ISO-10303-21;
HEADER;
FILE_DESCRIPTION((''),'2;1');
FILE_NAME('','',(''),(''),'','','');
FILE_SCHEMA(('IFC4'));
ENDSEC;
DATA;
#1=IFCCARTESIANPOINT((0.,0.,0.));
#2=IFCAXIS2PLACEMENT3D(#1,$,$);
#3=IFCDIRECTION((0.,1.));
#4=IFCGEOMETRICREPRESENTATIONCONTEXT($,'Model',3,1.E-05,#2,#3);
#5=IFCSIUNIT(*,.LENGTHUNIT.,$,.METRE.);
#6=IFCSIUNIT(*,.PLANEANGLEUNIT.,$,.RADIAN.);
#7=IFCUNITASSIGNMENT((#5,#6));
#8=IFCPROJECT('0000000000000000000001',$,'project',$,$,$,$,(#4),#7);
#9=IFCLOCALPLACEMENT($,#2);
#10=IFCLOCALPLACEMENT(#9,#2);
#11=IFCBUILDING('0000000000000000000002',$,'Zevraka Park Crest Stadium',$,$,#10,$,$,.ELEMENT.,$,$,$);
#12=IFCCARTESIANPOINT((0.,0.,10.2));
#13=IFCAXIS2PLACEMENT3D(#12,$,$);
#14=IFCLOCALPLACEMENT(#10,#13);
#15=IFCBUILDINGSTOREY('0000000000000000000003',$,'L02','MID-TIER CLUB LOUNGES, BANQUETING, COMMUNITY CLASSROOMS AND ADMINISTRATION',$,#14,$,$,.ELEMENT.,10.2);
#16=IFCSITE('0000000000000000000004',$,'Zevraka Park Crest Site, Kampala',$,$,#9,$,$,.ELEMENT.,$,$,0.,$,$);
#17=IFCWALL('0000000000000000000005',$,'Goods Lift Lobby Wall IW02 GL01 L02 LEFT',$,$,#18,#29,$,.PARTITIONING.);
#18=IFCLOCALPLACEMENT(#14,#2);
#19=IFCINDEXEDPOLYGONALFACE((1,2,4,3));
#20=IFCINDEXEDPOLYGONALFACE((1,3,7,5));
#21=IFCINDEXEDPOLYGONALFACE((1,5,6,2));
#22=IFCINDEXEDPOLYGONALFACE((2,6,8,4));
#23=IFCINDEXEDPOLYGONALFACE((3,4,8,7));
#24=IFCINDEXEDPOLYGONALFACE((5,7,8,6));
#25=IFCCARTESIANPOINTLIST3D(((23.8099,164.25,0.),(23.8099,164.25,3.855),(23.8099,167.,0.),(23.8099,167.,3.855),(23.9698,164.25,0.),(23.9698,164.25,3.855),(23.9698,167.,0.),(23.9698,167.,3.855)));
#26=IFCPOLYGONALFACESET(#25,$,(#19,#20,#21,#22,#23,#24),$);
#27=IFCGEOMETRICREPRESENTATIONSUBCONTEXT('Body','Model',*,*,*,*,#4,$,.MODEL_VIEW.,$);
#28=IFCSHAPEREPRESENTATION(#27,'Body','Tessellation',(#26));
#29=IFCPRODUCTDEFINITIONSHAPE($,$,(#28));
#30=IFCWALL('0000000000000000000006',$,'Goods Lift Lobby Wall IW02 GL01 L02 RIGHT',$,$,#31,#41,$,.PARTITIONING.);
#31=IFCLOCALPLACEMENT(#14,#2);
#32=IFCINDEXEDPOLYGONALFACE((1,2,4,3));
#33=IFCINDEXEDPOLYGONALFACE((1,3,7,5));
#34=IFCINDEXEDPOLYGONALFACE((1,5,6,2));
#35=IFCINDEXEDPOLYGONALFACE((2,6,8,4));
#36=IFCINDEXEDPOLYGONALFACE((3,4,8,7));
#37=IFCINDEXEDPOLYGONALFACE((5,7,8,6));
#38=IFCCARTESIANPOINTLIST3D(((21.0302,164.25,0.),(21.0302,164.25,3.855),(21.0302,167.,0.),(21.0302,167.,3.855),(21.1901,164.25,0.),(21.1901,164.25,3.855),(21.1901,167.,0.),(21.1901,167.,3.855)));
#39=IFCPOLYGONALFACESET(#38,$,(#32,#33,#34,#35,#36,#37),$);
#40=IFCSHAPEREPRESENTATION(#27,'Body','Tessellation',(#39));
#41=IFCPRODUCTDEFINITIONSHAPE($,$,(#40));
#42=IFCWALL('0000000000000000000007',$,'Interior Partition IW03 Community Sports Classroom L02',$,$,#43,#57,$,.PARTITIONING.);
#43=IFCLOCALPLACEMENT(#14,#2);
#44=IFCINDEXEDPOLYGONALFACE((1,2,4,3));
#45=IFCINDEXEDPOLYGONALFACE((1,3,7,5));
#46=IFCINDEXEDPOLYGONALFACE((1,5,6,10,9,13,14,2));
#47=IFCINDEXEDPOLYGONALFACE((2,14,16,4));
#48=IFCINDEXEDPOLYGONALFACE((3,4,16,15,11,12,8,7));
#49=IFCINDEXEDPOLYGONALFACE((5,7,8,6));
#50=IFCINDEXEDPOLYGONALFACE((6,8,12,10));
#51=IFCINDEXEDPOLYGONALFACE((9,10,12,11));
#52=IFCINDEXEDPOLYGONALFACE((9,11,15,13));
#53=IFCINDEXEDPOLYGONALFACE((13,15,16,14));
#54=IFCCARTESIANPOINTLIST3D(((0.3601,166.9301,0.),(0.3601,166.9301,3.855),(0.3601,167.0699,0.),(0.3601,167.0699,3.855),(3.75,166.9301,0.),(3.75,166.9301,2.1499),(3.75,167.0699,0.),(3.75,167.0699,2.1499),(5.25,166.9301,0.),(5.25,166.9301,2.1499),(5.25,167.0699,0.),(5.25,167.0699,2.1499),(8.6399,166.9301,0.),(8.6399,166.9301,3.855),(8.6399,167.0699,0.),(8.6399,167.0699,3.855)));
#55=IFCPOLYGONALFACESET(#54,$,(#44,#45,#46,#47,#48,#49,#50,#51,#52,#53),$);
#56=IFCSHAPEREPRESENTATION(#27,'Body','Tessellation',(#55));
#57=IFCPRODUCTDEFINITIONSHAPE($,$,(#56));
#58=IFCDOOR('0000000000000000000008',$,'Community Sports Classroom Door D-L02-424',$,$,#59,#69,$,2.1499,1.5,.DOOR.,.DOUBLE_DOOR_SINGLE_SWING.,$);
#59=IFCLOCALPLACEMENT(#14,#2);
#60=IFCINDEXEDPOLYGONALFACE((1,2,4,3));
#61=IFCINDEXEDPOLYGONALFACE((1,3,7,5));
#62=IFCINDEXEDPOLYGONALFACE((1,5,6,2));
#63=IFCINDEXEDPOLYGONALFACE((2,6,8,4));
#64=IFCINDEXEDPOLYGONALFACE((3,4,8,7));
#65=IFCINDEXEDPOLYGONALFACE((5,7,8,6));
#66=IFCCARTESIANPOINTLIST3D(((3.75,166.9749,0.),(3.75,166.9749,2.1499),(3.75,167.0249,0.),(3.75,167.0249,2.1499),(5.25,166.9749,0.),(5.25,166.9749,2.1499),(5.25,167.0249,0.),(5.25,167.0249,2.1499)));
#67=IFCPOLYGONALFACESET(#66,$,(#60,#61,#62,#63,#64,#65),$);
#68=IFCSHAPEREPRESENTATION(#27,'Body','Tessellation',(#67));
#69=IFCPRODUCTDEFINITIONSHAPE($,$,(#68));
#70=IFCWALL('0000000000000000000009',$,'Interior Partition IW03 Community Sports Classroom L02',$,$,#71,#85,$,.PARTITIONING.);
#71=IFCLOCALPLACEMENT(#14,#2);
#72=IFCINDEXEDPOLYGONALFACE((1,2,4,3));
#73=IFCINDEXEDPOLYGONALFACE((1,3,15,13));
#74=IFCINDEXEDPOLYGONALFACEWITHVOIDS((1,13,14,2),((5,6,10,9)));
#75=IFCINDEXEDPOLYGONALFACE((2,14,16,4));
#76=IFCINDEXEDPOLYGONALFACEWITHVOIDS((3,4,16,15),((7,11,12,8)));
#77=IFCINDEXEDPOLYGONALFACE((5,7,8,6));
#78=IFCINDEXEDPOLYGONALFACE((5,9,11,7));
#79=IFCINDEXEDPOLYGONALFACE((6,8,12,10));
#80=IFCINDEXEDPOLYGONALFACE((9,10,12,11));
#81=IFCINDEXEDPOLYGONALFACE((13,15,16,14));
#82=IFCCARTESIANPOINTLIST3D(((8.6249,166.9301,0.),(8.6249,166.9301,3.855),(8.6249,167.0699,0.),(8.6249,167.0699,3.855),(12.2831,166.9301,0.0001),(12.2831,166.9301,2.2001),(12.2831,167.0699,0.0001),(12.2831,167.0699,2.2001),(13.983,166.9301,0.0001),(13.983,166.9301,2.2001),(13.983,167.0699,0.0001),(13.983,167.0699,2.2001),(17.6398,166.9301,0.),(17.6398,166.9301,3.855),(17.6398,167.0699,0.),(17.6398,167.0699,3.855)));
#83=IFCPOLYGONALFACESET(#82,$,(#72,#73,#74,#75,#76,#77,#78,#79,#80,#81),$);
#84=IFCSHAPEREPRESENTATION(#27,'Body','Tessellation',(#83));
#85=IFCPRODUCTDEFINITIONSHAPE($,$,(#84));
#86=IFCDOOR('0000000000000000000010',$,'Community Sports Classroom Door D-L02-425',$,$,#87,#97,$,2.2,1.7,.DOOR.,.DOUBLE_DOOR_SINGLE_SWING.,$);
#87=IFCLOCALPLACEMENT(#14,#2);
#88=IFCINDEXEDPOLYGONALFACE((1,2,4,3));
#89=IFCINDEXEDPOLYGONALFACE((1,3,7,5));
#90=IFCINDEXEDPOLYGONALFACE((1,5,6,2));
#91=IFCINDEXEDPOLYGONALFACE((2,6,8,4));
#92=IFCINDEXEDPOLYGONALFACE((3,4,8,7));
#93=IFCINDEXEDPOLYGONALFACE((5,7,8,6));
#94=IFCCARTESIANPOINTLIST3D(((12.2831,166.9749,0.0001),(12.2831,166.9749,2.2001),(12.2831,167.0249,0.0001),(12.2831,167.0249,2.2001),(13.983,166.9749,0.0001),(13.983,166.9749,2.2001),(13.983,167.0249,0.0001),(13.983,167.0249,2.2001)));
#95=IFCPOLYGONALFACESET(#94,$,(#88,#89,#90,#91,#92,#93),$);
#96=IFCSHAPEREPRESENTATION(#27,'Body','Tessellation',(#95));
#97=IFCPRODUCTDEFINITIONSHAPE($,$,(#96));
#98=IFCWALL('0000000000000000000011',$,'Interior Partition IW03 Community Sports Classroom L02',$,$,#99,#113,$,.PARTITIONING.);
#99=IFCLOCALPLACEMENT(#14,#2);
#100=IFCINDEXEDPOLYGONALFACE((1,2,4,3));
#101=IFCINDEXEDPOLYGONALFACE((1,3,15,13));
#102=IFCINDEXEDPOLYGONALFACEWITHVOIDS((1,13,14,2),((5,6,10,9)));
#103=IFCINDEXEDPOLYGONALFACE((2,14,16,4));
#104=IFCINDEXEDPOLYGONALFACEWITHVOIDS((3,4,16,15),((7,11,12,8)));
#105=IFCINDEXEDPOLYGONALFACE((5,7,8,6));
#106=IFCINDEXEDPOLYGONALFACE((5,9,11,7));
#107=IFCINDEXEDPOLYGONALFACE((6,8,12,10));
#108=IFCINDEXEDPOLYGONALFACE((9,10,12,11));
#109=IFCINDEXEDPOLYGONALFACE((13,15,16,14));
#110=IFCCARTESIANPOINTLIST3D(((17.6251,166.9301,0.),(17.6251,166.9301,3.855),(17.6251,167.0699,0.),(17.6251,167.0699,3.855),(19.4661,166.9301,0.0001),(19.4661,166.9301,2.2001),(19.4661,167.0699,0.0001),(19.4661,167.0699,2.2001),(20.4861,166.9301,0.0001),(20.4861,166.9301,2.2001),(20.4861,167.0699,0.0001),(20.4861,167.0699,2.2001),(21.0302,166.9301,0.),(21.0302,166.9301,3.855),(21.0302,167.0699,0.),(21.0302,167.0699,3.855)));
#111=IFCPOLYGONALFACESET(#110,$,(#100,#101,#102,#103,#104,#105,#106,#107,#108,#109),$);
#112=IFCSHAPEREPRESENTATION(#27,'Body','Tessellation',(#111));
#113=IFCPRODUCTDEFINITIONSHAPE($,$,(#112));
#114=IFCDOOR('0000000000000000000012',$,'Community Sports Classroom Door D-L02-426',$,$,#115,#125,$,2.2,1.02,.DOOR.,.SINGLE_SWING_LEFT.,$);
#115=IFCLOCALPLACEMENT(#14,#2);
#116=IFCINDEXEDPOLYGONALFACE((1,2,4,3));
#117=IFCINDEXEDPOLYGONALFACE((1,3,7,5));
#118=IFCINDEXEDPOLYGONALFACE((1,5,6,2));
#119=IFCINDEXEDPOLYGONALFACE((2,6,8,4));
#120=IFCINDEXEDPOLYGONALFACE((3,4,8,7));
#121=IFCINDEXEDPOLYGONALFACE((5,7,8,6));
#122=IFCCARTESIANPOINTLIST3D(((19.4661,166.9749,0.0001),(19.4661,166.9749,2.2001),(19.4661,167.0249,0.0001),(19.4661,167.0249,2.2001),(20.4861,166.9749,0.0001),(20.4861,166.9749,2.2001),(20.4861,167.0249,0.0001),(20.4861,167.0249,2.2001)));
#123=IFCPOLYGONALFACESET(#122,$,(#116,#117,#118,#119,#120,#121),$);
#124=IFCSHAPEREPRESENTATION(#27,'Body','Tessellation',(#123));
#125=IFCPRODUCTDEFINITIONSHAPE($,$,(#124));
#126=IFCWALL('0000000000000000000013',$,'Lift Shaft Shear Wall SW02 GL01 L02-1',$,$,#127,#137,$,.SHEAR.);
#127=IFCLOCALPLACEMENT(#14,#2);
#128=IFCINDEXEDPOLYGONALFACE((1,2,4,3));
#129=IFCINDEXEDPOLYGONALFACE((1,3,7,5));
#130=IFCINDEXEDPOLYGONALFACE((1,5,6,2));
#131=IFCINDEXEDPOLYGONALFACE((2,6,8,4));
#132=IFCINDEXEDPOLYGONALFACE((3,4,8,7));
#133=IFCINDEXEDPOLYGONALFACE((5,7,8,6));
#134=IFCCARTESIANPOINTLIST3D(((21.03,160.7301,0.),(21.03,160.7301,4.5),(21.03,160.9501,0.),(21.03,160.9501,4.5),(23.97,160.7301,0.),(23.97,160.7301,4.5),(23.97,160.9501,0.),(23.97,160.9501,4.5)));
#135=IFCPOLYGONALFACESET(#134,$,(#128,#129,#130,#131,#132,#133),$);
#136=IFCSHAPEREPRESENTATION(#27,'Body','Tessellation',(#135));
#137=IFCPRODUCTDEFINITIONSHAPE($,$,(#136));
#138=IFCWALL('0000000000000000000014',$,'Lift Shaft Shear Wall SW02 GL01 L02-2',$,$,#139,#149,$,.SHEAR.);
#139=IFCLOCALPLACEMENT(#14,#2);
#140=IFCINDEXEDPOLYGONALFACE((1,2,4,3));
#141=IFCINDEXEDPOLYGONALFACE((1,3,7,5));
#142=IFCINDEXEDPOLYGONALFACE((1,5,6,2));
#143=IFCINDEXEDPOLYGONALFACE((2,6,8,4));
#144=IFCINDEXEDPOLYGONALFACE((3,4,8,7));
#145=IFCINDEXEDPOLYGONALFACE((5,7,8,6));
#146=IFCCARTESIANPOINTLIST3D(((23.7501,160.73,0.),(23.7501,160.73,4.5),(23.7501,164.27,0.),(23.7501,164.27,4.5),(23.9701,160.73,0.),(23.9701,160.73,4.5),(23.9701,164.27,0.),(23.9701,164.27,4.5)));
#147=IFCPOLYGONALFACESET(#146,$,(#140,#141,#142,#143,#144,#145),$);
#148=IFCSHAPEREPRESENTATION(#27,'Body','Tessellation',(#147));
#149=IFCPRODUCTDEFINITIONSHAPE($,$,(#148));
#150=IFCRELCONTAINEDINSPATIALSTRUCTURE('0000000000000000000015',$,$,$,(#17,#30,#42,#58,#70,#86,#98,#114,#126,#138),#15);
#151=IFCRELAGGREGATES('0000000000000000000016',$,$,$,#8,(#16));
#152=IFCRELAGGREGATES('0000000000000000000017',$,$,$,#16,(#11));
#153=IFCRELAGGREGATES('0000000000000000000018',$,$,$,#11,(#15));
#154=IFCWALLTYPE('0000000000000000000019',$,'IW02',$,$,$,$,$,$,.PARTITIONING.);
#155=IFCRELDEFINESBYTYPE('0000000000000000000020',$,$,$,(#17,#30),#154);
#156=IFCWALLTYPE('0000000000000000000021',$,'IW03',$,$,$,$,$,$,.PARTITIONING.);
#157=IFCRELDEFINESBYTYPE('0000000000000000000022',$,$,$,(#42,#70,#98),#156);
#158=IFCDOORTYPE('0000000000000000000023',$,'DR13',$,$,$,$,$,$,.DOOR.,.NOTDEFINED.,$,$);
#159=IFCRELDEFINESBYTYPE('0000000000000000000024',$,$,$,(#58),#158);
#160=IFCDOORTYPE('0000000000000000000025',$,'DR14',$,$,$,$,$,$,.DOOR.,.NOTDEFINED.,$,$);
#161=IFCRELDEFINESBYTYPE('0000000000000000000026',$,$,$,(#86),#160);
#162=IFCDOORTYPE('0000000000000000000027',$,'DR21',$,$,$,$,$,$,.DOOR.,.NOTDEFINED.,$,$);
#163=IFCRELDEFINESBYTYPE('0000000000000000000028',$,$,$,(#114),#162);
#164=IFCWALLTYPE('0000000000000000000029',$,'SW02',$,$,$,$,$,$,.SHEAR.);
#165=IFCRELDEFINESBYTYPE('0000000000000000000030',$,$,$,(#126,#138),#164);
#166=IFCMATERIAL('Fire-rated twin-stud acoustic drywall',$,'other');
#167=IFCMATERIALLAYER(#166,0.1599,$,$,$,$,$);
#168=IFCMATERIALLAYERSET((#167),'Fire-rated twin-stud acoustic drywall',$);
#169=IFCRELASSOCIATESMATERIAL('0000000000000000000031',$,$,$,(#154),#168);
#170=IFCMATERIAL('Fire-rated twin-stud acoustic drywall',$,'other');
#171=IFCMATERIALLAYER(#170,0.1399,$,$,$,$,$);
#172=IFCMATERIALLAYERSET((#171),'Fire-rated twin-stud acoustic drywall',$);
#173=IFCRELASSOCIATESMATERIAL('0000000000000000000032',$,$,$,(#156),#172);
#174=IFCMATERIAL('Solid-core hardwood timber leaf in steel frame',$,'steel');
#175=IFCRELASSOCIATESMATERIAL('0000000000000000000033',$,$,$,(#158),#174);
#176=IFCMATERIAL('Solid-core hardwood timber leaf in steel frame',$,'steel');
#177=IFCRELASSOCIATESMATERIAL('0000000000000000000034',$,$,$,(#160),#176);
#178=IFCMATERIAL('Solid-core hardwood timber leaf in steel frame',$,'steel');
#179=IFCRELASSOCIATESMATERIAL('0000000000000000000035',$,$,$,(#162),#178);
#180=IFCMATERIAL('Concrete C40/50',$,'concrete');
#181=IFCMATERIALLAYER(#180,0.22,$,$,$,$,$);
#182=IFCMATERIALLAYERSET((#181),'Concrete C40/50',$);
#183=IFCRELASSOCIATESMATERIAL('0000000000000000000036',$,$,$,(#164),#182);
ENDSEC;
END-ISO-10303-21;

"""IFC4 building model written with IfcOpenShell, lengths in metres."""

from ifc_helpers import new_model, si_unit, direction, frame, frame_2d, origin, place, context, subcontext, project, spatial, rectangle, extrude, material, layer, layer_set, type_object, element, fill, save


model = new_model("IFC4")

# Units and contexts
model_context = context("Model", 3, precision=1e-05, world=origin(), true_north=direction((0.0, 1.0)))
body_context = subcontext(model_context, "Body", "Model", "MODEL_VIEW")
ifc_project = project(units=[si_unit("LENGTHUNIT", "METRE"), si_unit("PLANEANGLEUNIT", "RADIAN")], contexts=[model_context])

# Site, building, storey
site_placement = place(None, origin())
site = spatial("IfcSite", under=ifc_project, at=site_placement, Name="Zevraka Park Crest Site, Kampala", CompositionType="ELEMENT", RefElevation=0.0)
building_placement = place(site_placement, origin())
building = spatial("IfcBuilding", under=site, at=building_placement, Name="Zevraka Park Crest Stadium", CompositionType="ELEMENT")
storey_placement = place(building_placement, frame((0.0, 0.0, 10.2)))
storey = spatial("IfcBuildingStorey", under=building, at=storey_placement, Name="L02", Description="MID-TIER CLUB LOUNGES, BANQUETING, COMMUNITY CLASSROOMS AND ADMINISTRATION", CompositionType="ELEMENT", Elevation=10.2)

# Walls
ifc_material_1 = material(Name="Fire-rated twin-stud acoustic drywall", Category="other")
ifc_layer_1 = layer(ifc_material_1, 0.1599)
ifc_layer_set_1 = layer_set([ifc_layer_1], Name="Fire-rated twin-stud acoustic drywall")
wall_type_1 = type_object("IfcWallType", Name="IW02", PredefinedType="PARTITIONING", material=ifc_layer_set_1)
for number, where, z_axis, x_axis, name in (
    (1, (23.8899, 164.25, 0.0), (0.0, 0.0, 1.0), (0.0, 1.0, 0.0), "Goods Lift Lobby Wall IW02 GL01 L02 LEFT"),
    (2, (21.1101, 164.25, 0.0), (0.0, 0.0, 1.0), (0.0, 1.0, 0.0), "Goods Lift Lobby Wall IW02 GL01 L02 RIGHT"),
):
    element("IfcWall", number, at=place(storey_placement, frame(where, z_axis=z_axis, x_axis=x_axis)), inside=storey, type_object=wall_type_1, Name=name, PredefinedType="PARTITIONING", context=body_context, shape_type="SweptSolid", body=[
        extrude(rectangle(XDim=2.75, YDim=0.1599, at=frame_2d((1.375, 0.0))), origin(), (0.0, 0.0, 1.0), 3.855),
    ])

# Walls, openings, doors
ifc_material_2 = material(Name="Fire-rated twin-stud acoustic drywall", Category="other")
ifc_layer_2 = layer(ifc_material_2, 0.1399)
ifc_layer_set_2 = layer_set([ifc_layer_2], Name="Fire-rated twin-stud acoustic drywall")
wall_type_2 = type_object("IfcWallType", Name="IW03", PredefinedType="PARTITIONING", material=ifc_layer_set_2)
wall_1_placement = place(storey_placement, frame((0.3601, 167.0, 0.0), z_axis=(0.0, 0.0, 1.0), x_axis=(1.0, 0.0, 0.0)))
wall_1 = element("IfcWall", 3, at=wall_1_placement, inside=storey, type_object=wall_type_2, Name="Interior Partition IW03 Community Sports Classroom L02", PredefinedType="PARTITIONING", context=body_context, shape_type="SweptSolid", body=[
    extrude(rectangle(XDim=8.2798, YDim=0.1399, at=frame_2d((4.1399, 0.0))), origin(), (0.0, 0.0, 1.0), 3.855),
])
opening_1_placement = place(wall_1_placement, frame((3.3899, 0.0, 0.0)))
opening_1 = element("IfcOpeningElement", 4, at=opening_1_placement, cuts=wall_1, PredefinedType="OPENING", context=body_context, shape_type="SweptSolid", body=[
    extrude(rectangle(XDim=1.5, YDim=2.1499, at=frame_2d((0.75, 1.075))), frame((0.0, 0.0798, 0.0), z_axis=(0.0, -1.0, 0.0), x_axis=(1.0, 0.0, 0.0)), (0.0, 0.0, 1.0), 0.1599),
])
ifc_material_3 = material(Name="Solid-core hardwood timber leaf in steel frame", Category="steel")
door_type_1 = type_object("IfcDoorType", Name="DR13", OperationType="NOTDEFINED", PredefinedType="DOOR", material=ifc_material_3)
door_1_placement = place(opening_1_placement, origin())
door_1 = element("IfcDoor", 5, at=door_1_placement, inside=storey, type_object=door_type_1, Name="Community Sports Classroom Door D-L02-424", OperationType="DOUBLE_DOOR_SINGLE_SWING", OverallHeight=2.1499, OverallWidth=1.5, PredefinedType="DOOR", context=body_context, shape_type="SweptSolid", body=[
    extrude(rectangle(XDim=1.5, YDim=2.1499, at=frame_2d((0.75, 1.075))), frame((0.0, 0.0249, 0.0), z_axis=(0.0, -1.0, 0.0), x_axis=(1.0, 0.0, 0.0)), (0.0, 0.0, 1.0), 0.05),
])
fill(opening_1, door_1)
wall_2_placement = place(storey_placement, frame((8.625, 167.0, 0.0), z_axis=(0.0, 0.0, 1.0), x_axis=(1.0, 0.0, 0.0)))
wall_2 = element("IfcWall", 6, at=wall_2_placement, inside=storey, type_object=wall_type_2, Name="Interior Partition IW03 Community Sports Classroom L02", PredefinedType="PARTITIONING", context=body_context, shape_type="SweptSolid", body=[
    extrude(rectangle(XDim=9.0149, YDim=0.1399, at=frame_2d((4.5073, 0.0))), origin(), (0.0, 0.0, 1.0), 3.855),
])
opening_2_placement = place(wall_2_placement, frame((3.658, 0.0, 0.0)))
opening_2 = element("IfcOpeningElement", 7, at=opening_2_placement, cuts=wall_2, PredefinedType="OPENING", context=body_context, shape_type="SweptSolid", body=[
    extrude(rectangle(XDim=1.7, YDim=2.2, at=frame_2d((0.8501, 1.1001))), frame((0.0, 0.0798, 0.0), z_axis=(0.0, -1.0, 0.0), x_axis=(1.0, 0.0, 0.0)), (0.0, 0.0, 1.0), 0.1599),
])
ifc_material_4 = material(Name="Solid-core hardwood timber leaf in steel frame", Category="steel")
door_type_2 = type_object("IfcDoorType", Name="DR14", OperationType="NOTDEFINED", PredefinedType="DOOR", material=ifc_material_4)
door_2_placement = place(opening_2_placement, origin())
door_2 = element("IfcDoor", 8, at=door_2_placement, inside=storey, type_object=door_type_2, Name="Community Sports Classroom Door D-L02-425", OperationType="DOUBLE_DOOR_SINGLE_SWING", OverallHeight=2.2, OverallWidth=1.7, PredefinedType="DOOR", context=body_context, shape_type="SweptSolid", body=[
    extrude(rectangle(XDim=1.7, YDim=2.2, at=frame_2d((0.8501, 1.1001))), frame((0.0, 0.0249, 0.0), z_axis=(0.0, -1.0, 0.0), x_axis=(1.0, 0.0, 0.0)), (0.0, 0.0, 1.0), 0.05),
])
fill(opening_2, door_2)
wall_3_placement = place(storey_placement, frame((17.625, 167.0, 0.0), z_axis=(0.0, 0.0, 1.0), x_axis=(1.0, 0.0, 0.0)))
wall_3 = element("IfcWall", 9, at=wall_3_placement, inside=storey, type_object=wall_type_2, Name="Interior Partition IW03 Community Sports Classroom L02", PredefinedType="PARTITIONING", context=body_context, shape_type="SweptSolid", body=[
    extrude(rectangle(XDim=3.405, YDim=0.1399, at=frame_2d((1.7026, 0.0))), origin(), (0.0, 0.0, 1.0), 3.855),
])
opening_3_placement = place(wall_3_placement, frame((1.8411, 0.0, 0.0)))
opening_3 = element("IfcOpeningElement", 10, at=opening_3_placement, cuts=wall_3, PredefinedType="OPENING", context=body_context, shape_type="SweptSolid", body=[
    extrude(rectangle(XDim=1.02, YDim=2.2, at=frame_2d((0.51, 1.1001))), frame((0.0, 0.0798, 0.0), z_axis=(0.0, -1.0, 0.0), x_axis=(1.0, 0.0, 0.0)), (0.0, 0.0, 1.0), 0.1599),
])
ifc_material_5 = material(Name="Solid-core hardwood timber leaf in steel frame", Category="steel")
door_type_3 = type_object("IfcDoorType", Name="DR21", OperationType="NOTDEFINED", PredefinedType="DOOR", material=ifc_material_5)
door_3_placement = place(opening_3_placement, origin())
door_3 = element("IfcDoor", 11, at=door_3_placement, inside=storey, type_object=door_type_3, Name="Community Sports Classroom Door D-L02-426", OperationType="SINGLE_SWING_LEFT", OverallHeight=2.2, OverallWidth=1.02, PredefinedType="DOOR", context=body_context, shape_type="SweptSolid", body=[
    extrude(rectangle(XDim=1.02, YDim=2.2, at=frame_2d((0.51, 1.1001))), frame((0.0, 0.0249, 0.0), z_axis=(0.0, -1.0, 0.0), x_axis=(1.0, 0.0, 0.0)), (0.0, 0.0, 1.0), 0.05),
])
fill(opening_3, door_3)

# Walls
ifc_material_6 = material(Name="Concrete C40/50", Category="concrete")
ifc_layer_3 = layer(ifc_material_6, 0.22)
ifc_layer_set_3 = layer_set([ifc_layer_3], Name="Concrete C40/50")
wall_type_3 = type_object("IfcWallType", Name="SW02", PredefinedType="SHEAR", material=ifc_layer_set_3)
wall_4_placement = place(storey_placement, frame((21.03, 160.8401, 0.0), z_axis=(0.0, 0.0, 1.0), x_axis=(1.0, 0.0, 0.0)))
element("IfcWall", 12, at=wall_4_placement, inside=storey, type_object=wall_type_3, Name="Lift Shaft Shear Wall SW02 GL01 L02-1", PredefinedType="SHEAR", context=body_context, shape_type="SweptSolid", body=[
    extrude(rectangle(XDim=2.9399, YDim=0.22, at=frame_2d((1.47, 0.0))), origin(), (0.0, 0.0, 1.0), 4.5),
])
wall_5_placement = place(storey_placement, frame((23.8601, 160.73, 0.0), z_axis=(0.0, 0.0, 1.0), x_axis=(0.0, 1.0, 0.0)))
element("IfcWall", 13, at=wall_5_placement, inside=storey, type_object=wall_type_3, Name="Lift Shaft Shear Wall SW02 GL01 L02-2", PredefinedType="SHEAR", context=body_context, shape_type="SweptSolid", body=[
    extrude(rectangle(XDim=3.54, YDim=0.22, at=frame_2d((1.77, 0.0))), origin(), (0.0, 0.0, 1.0), 4.5),
])

save(model, "model.ifc")
